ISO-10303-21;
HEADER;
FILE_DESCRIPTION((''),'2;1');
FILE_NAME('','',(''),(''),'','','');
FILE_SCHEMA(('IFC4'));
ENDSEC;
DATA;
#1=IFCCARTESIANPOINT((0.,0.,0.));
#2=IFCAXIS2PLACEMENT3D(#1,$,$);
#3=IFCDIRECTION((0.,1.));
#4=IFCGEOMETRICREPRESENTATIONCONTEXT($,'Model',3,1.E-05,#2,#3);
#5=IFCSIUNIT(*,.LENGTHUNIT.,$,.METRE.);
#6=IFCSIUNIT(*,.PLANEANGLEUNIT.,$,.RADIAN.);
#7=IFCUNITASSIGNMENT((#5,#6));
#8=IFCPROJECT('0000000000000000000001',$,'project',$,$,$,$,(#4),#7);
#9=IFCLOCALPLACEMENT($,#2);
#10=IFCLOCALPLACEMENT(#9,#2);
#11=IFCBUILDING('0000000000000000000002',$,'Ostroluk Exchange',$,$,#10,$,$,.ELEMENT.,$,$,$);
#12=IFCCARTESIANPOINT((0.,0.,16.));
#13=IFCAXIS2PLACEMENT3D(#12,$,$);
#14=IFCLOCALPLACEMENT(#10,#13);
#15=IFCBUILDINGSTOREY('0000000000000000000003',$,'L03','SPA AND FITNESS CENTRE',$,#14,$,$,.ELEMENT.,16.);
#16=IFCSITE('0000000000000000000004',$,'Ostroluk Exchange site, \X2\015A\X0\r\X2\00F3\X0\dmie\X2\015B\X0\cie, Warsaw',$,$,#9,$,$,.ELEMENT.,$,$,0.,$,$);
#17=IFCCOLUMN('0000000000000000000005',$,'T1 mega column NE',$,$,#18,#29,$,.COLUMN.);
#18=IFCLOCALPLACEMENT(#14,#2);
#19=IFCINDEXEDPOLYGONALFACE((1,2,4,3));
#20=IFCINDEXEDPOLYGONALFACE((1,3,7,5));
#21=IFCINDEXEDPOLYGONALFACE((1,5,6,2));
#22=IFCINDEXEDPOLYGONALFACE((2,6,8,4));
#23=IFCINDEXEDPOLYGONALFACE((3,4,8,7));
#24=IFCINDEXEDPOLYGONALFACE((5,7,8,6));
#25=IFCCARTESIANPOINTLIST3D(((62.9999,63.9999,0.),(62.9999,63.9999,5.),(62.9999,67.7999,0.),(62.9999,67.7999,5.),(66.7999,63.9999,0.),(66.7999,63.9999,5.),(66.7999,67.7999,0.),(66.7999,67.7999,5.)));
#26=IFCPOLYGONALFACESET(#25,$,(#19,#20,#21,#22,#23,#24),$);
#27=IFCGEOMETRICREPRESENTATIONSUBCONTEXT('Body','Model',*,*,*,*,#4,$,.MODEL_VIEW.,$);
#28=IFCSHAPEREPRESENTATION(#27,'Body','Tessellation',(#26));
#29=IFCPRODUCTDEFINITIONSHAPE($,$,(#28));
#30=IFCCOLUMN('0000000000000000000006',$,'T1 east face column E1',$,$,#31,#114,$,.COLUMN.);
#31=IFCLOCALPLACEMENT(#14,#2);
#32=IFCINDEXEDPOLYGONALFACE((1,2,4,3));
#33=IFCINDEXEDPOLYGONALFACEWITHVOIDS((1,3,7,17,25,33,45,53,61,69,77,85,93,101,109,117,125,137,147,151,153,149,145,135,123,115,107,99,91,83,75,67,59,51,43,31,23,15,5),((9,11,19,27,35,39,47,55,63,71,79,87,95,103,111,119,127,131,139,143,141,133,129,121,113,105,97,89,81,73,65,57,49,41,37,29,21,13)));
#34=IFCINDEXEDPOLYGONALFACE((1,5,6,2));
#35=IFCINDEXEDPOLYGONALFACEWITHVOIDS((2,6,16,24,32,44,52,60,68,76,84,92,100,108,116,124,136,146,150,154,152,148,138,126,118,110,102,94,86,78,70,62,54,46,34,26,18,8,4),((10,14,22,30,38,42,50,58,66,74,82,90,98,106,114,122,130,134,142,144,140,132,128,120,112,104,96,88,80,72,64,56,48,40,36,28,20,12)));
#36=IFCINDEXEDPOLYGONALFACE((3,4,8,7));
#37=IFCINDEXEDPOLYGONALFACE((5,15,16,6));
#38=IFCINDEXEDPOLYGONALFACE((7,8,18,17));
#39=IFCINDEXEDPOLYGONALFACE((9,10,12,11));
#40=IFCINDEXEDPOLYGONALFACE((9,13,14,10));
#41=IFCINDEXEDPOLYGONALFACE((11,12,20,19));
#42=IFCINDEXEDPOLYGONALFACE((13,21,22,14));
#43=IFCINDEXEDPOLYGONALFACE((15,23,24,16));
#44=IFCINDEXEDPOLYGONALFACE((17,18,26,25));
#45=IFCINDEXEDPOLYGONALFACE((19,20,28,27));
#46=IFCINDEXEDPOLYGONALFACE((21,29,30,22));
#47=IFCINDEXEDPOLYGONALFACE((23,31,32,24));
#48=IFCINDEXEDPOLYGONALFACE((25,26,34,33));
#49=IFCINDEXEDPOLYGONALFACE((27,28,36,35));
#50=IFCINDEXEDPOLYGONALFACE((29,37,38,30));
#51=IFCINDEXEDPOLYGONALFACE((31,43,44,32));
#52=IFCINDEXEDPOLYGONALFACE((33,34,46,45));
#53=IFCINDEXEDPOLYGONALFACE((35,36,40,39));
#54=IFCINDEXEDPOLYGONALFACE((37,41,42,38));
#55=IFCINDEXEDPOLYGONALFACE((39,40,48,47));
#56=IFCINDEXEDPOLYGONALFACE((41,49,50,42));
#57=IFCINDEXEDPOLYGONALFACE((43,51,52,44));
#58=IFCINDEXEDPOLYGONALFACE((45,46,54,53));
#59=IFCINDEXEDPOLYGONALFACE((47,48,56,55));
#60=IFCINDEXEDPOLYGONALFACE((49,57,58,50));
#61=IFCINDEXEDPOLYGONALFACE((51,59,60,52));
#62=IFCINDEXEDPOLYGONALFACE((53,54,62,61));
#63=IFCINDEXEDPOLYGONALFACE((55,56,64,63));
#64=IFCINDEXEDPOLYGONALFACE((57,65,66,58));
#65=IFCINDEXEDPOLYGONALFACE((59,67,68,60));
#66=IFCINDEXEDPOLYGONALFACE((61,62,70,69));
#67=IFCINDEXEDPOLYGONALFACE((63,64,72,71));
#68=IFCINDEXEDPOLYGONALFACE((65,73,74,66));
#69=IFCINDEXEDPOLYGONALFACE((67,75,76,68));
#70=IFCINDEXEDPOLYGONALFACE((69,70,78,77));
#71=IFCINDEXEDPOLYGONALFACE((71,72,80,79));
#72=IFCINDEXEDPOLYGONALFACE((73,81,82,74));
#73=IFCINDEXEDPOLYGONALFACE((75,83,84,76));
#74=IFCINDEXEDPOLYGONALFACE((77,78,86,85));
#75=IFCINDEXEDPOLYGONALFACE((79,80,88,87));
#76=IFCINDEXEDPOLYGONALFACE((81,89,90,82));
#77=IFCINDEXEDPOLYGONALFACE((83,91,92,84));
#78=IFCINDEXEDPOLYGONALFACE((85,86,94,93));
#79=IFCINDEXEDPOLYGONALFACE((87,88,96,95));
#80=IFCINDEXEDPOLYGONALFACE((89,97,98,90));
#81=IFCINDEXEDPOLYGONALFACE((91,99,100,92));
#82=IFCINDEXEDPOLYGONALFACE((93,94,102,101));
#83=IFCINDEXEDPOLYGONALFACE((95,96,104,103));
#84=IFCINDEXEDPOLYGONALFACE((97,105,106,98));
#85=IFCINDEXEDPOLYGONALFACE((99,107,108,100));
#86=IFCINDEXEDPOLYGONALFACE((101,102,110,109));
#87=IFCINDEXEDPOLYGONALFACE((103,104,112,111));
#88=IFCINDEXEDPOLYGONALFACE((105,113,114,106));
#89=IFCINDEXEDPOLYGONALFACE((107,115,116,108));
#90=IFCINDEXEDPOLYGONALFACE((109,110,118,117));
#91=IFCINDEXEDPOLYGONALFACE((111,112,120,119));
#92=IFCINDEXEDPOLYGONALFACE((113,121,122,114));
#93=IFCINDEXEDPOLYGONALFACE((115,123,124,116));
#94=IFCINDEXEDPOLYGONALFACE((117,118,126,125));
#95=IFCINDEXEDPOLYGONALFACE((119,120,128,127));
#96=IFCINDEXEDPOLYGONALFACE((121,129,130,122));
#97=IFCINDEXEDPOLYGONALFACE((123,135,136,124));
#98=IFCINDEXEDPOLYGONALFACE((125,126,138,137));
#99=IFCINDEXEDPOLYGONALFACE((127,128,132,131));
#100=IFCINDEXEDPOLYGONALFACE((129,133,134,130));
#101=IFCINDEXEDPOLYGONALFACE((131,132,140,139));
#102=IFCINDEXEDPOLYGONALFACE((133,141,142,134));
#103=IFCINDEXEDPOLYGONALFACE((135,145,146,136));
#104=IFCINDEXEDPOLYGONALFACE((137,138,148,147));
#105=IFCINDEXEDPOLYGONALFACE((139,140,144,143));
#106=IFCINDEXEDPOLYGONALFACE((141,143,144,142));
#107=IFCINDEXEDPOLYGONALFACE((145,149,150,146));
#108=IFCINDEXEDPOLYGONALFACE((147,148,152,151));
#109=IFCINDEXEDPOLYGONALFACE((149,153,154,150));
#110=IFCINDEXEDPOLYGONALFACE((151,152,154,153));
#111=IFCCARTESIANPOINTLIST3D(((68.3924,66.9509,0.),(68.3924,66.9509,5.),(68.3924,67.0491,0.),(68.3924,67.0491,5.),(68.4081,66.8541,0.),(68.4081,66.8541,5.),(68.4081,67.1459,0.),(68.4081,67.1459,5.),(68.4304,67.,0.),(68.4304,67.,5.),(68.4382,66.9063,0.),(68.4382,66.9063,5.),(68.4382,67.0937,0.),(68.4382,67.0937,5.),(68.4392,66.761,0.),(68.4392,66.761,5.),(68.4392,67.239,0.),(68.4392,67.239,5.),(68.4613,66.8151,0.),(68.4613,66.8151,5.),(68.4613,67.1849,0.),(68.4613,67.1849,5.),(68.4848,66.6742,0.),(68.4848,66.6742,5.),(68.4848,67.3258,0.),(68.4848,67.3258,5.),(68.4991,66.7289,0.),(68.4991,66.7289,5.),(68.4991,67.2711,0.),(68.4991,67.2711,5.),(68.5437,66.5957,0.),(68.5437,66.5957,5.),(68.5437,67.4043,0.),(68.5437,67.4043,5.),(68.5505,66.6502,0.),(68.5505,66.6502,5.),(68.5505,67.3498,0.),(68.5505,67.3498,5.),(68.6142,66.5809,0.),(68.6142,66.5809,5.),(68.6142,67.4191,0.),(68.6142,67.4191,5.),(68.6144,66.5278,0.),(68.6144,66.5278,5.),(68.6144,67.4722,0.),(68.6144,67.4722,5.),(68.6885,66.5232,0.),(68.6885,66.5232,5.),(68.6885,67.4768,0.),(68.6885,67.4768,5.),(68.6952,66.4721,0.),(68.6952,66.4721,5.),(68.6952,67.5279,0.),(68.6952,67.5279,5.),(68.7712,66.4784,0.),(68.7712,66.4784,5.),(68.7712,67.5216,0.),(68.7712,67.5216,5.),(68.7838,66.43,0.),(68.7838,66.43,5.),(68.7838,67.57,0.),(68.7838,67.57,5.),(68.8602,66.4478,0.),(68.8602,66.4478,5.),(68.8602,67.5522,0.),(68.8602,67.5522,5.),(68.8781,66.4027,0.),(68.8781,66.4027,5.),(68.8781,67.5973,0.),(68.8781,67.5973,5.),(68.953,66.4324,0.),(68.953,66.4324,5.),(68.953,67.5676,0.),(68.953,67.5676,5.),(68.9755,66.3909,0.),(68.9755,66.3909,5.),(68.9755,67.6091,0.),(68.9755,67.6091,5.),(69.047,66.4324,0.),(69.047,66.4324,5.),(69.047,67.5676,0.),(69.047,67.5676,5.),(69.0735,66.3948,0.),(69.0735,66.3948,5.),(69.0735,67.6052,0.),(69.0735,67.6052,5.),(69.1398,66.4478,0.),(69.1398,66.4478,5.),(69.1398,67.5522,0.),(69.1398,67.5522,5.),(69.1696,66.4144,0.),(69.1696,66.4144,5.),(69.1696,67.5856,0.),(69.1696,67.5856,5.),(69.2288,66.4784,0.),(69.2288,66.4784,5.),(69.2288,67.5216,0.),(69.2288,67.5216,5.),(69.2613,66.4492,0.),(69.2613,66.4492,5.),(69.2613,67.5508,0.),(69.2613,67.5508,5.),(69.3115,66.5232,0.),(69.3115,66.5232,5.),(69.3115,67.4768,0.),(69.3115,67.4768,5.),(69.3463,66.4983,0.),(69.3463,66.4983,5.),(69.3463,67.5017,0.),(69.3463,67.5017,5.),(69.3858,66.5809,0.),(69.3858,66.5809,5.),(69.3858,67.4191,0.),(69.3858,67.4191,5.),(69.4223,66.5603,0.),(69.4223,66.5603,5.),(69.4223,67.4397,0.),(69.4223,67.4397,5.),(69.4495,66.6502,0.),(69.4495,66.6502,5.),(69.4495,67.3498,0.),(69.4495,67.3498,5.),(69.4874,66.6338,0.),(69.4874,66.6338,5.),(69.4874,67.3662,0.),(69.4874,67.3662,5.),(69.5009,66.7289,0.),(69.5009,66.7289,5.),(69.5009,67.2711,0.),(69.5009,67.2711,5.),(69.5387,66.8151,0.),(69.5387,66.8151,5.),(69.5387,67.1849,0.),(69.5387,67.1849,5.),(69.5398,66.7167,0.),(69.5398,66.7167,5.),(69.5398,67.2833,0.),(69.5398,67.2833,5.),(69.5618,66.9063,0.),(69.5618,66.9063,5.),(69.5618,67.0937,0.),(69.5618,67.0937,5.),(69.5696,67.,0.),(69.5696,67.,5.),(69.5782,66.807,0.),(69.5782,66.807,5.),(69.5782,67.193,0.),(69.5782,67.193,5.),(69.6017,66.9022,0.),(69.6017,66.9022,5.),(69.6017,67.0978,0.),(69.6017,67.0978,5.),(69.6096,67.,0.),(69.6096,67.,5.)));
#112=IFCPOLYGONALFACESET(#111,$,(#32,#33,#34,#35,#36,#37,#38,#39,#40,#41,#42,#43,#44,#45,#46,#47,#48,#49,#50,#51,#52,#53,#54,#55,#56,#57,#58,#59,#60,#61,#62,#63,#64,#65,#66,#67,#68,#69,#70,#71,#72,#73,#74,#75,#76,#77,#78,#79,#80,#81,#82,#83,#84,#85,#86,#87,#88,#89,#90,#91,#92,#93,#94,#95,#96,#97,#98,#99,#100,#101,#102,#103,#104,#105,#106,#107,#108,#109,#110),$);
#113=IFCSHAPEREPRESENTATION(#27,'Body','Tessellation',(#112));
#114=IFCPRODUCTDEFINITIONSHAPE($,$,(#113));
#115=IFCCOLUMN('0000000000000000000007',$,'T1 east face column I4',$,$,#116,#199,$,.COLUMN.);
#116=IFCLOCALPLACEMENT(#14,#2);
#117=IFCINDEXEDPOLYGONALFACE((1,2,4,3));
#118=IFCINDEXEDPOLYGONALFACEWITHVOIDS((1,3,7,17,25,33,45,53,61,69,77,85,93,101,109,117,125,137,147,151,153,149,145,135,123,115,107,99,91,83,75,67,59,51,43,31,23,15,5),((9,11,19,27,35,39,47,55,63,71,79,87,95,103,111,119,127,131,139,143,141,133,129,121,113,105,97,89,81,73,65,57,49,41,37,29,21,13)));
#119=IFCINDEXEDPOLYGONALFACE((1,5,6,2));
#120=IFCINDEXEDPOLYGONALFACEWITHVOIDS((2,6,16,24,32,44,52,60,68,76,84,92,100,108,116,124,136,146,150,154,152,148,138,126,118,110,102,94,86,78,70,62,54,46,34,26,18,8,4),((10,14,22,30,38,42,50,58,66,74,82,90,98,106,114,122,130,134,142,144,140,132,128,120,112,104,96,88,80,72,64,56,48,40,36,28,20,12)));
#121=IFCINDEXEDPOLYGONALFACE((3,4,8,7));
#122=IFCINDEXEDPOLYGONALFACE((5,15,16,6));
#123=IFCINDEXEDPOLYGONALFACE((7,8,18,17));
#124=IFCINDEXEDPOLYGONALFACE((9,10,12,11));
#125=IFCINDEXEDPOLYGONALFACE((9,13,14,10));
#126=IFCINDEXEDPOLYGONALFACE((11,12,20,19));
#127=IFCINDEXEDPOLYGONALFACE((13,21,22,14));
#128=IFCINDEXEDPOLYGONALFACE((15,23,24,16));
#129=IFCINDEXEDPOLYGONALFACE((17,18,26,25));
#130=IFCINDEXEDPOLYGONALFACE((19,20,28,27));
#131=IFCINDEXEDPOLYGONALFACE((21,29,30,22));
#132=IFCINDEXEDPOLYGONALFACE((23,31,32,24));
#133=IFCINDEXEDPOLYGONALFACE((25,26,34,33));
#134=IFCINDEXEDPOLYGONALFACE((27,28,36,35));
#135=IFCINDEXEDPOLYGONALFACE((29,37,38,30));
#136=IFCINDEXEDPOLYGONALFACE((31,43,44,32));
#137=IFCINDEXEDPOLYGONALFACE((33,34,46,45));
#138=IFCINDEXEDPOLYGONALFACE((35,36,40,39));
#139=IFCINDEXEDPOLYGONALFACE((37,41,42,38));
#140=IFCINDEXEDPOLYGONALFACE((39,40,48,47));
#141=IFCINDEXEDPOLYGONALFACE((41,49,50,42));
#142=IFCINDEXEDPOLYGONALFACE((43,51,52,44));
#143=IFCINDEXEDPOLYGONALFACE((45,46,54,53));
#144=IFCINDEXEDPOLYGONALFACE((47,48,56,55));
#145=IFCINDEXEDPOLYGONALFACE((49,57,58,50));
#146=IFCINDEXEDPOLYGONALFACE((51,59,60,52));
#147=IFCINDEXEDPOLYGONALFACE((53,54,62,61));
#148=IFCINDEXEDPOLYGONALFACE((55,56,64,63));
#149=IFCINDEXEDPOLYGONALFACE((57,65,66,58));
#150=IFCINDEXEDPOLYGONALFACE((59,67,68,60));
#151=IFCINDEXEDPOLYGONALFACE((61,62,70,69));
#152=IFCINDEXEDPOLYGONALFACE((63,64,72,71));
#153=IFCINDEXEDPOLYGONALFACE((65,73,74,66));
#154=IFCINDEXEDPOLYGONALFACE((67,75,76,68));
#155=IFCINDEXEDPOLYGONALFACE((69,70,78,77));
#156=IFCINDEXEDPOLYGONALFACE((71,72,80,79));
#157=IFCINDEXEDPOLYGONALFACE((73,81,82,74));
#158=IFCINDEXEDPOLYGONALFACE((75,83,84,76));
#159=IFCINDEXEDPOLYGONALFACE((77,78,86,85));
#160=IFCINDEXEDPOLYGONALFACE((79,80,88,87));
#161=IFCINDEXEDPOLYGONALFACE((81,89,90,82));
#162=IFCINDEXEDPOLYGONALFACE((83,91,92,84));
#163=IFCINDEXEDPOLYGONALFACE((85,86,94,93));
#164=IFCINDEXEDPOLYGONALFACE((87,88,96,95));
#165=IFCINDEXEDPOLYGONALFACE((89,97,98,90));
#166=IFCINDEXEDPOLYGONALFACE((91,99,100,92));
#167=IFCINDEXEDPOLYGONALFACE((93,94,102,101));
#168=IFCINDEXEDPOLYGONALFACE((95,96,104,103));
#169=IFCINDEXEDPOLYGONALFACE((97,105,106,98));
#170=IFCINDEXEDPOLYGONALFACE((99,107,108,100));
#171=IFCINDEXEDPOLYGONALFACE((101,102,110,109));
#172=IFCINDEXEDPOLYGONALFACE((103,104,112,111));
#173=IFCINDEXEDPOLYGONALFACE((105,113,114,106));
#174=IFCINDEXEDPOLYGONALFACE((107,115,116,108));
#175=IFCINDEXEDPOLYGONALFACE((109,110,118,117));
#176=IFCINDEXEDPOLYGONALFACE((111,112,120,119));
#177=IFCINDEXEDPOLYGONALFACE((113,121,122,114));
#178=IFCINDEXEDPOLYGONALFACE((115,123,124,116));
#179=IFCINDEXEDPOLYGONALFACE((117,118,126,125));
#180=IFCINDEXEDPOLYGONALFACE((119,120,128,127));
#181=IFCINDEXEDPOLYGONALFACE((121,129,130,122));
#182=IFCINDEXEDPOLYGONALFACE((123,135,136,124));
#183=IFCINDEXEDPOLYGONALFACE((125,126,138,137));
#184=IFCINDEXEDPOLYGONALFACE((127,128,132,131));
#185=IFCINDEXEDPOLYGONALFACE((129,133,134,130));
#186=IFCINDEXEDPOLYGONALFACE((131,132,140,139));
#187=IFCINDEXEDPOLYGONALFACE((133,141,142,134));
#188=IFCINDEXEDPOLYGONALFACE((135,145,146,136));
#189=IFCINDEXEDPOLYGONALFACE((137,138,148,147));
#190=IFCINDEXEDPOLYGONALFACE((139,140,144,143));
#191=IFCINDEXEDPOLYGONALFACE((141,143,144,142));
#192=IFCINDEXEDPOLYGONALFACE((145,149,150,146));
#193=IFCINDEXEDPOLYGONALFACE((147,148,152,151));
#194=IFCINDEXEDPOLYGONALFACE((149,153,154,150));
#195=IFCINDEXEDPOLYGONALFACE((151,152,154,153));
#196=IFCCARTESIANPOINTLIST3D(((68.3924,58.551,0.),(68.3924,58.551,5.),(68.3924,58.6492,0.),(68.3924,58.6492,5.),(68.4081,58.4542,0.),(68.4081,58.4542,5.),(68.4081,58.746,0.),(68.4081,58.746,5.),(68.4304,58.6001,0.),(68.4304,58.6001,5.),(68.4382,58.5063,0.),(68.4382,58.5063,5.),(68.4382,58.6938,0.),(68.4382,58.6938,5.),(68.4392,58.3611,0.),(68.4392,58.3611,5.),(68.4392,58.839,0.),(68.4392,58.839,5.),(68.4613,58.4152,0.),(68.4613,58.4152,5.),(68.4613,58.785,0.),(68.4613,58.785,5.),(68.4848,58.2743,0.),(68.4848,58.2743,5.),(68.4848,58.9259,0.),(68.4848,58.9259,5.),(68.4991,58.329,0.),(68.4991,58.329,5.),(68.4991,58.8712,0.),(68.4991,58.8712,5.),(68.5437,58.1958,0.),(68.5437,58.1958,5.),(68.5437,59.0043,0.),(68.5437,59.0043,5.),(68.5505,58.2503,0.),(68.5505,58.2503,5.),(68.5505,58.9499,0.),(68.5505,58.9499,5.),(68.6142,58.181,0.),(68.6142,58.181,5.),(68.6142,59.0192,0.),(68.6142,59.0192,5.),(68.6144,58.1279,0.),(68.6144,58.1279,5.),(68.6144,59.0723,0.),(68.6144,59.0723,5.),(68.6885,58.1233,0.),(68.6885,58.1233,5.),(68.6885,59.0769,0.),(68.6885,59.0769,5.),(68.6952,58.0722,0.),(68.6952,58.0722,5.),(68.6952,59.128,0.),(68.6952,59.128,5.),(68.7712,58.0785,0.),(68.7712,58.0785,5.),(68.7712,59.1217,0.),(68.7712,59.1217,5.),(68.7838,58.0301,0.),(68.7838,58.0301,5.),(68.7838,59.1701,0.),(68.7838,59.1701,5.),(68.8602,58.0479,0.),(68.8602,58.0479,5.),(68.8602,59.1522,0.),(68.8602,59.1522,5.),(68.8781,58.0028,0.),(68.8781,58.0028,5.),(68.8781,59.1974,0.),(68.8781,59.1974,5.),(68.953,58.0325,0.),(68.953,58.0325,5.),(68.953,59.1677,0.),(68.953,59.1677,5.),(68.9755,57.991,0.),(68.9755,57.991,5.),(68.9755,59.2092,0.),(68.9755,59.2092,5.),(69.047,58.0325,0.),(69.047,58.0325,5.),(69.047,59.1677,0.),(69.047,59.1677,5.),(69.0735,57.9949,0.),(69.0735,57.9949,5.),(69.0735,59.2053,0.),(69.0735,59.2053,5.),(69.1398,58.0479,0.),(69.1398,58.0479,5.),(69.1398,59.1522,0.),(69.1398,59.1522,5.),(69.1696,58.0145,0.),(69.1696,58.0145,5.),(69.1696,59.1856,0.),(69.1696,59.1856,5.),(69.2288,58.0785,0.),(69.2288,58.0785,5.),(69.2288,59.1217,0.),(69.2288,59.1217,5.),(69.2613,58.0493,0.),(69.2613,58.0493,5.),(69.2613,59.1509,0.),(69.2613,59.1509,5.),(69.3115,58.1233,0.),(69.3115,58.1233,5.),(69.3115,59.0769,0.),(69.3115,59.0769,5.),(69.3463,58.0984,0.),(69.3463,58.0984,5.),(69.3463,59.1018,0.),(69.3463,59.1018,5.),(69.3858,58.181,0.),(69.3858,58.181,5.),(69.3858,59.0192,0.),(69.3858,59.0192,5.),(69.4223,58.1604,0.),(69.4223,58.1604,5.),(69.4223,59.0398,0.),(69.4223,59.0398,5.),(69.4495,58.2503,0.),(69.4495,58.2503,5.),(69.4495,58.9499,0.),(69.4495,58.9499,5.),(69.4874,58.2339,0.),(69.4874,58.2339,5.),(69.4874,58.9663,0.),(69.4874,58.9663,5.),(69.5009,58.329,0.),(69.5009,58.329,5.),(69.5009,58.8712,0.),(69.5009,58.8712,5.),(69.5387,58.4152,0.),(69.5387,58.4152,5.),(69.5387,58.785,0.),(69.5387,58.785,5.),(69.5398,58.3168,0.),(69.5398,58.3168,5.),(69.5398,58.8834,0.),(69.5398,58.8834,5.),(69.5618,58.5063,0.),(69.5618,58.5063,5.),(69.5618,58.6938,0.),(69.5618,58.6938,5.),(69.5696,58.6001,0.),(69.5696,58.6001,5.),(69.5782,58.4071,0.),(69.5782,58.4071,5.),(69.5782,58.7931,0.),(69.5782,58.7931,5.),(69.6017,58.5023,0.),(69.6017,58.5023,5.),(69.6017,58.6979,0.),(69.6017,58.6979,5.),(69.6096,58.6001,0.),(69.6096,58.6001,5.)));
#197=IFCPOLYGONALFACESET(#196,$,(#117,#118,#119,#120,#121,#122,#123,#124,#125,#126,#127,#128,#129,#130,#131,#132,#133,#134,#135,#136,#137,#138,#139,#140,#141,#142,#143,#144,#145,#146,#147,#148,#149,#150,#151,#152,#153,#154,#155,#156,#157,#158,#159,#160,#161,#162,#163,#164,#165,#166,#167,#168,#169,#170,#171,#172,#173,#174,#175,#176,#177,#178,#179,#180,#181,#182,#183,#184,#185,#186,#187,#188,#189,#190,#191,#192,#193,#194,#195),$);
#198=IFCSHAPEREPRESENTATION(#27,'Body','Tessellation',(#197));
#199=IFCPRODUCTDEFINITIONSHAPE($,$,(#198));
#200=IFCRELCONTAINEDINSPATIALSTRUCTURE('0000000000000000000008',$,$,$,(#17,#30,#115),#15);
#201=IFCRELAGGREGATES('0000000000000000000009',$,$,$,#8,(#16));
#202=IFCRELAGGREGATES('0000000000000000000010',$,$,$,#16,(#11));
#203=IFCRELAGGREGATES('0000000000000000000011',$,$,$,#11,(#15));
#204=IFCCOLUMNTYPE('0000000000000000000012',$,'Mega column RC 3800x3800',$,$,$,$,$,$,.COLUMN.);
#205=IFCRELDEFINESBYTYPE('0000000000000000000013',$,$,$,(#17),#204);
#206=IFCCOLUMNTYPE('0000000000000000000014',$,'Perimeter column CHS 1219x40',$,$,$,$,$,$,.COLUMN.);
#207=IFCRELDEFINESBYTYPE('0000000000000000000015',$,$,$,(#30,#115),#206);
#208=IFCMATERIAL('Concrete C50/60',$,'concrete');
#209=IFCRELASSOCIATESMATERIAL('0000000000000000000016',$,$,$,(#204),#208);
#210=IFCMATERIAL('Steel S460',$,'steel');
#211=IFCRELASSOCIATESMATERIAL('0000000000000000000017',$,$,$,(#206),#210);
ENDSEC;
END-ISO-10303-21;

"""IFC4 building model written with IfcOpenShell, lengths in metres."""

from ifc_helpers import new_model, si_unit, direction, frame, origin, origin_2d, place, context, subcontext, project, spatial, rectangle, hollow_circle, extrude, material, material_profile, profile_set, type_object, element, save


model = new_model("IFC4")

# Units and contexts
model_context = context("Model", 3, precision=1e-05, world=origin(), true_north=direction((0.0, 1.0)))
body_context = subcontext(model_context, "Body", "Model", "MODEL_VIEW")
ifc_project = project(units=[si_unit("LENGTHUNIT", "METRE"), si_unit("PLANEANGLEUNIT", "RADIAN")], contexts=[model_context])

# Site, building, storey
site_placement = place(None, origin())
site = spatial("IfcSite", under=ifc_project, at=site_placement, Name="Ostroluk Exchange site, Śródmieście, Warsaw", CompositionType="ELEMENT", RefElevation=0.0)
building_placement = place(site_placement, origin())
building = spatial("IfcBuilding", under=site, at=building_placement, Name="Ostroluk Exchange", CompositionType="ELEMENT")
storey_placement = place(building_placement, frame((0.0, 0.0, 16.0)))
storey = spatial("IfcBuildingStorey", under=building, at=storey_placement, Name="L03", Description="SPA AND FITNESS CENTRE", CompositionType="ELEMENT", Elevation=16.0)

# Columns
ifc_material_1 = material(Name="Concrete C50/60", Category="concrete")
ifc_material_profile_1 = material_profile(ifc_material_1, rectangle(XDim=3.8, YDim=3.8, at=origin_2d()), Name="RC 3800x3800")
ifc_profile_set_1 = profile_set([ifc_material_profile_1], Name="Concrete C50/60")
column_type_1 = type_object("IfcColumnType", Name="Mega column RC 3800x3800", PredefinedType="COLUMN", material=ifc_profile_set_1)
column_placement = place(storey_placement, frame((64.8999, 65.8999, 0.0), z_axis=(0.0, 0.0, 1.0), x_axis=(1.0, 0.0, 0.0)))
element("IfcColumn", 1, at=column_placement, inside=storey, type_object=column_type_1, Name="T1 mega column NE", PredefinedType="COLUMN", context=body_context, shape_type="SweptSolid", body=[
    extrude(rectangle(XDim=3.8, YDim=3.8, at=origin_2d()), origin(), (0.0, 0.0, 1.0), 5.0),
])
ifc_material_2 = material(Name="Steel S460", Category="steel")
ifc_material_profile_2 = material_profile(ifc_material_2, hollow_circle(Radius=0.6096, WallThickness=0.04, at=origin_2d()), Name="CHS 1219x40")
ifc_profile_set_2 = profile_set([ifc_material_profile_2], Name="Steel S460")
column_type_2 = type_object("IfcColumnType", Name="Perimeter column CHS 1219x40", PredefinedType="COLUMN", material=ifc_profile_set_2)
for number, where, z_axis, x_axis, name in (
    (2, (69.0, 67.0, 0.0), (0.0, 0.0, 1.0), (1.0, 0.0, 0.0), "T1 east face column E1"),
    (3, (69.0, 58.6001, 0.0), (0.0, 0.0, 1.0), (1.0, 0.0, 0.0), "T1 east face column I4"),
):
    element("IfcColumn", number, at=place(storey_placement, frame(where, z_axis=z_axis, x_axis=x_axis)), inside=storey, type_object=column_type_2, Name=name, PredefinedType="COLUMN", context=body_context, shape_type="SweptSolid", body=[
        extrude(hollow_circle(Radius=0.6096, WallThickness=0.04, at=origin_2d()), origin(), (0.0, 0.0, 1.0), 5.0),
    ])

save(model, "model.ifc")
